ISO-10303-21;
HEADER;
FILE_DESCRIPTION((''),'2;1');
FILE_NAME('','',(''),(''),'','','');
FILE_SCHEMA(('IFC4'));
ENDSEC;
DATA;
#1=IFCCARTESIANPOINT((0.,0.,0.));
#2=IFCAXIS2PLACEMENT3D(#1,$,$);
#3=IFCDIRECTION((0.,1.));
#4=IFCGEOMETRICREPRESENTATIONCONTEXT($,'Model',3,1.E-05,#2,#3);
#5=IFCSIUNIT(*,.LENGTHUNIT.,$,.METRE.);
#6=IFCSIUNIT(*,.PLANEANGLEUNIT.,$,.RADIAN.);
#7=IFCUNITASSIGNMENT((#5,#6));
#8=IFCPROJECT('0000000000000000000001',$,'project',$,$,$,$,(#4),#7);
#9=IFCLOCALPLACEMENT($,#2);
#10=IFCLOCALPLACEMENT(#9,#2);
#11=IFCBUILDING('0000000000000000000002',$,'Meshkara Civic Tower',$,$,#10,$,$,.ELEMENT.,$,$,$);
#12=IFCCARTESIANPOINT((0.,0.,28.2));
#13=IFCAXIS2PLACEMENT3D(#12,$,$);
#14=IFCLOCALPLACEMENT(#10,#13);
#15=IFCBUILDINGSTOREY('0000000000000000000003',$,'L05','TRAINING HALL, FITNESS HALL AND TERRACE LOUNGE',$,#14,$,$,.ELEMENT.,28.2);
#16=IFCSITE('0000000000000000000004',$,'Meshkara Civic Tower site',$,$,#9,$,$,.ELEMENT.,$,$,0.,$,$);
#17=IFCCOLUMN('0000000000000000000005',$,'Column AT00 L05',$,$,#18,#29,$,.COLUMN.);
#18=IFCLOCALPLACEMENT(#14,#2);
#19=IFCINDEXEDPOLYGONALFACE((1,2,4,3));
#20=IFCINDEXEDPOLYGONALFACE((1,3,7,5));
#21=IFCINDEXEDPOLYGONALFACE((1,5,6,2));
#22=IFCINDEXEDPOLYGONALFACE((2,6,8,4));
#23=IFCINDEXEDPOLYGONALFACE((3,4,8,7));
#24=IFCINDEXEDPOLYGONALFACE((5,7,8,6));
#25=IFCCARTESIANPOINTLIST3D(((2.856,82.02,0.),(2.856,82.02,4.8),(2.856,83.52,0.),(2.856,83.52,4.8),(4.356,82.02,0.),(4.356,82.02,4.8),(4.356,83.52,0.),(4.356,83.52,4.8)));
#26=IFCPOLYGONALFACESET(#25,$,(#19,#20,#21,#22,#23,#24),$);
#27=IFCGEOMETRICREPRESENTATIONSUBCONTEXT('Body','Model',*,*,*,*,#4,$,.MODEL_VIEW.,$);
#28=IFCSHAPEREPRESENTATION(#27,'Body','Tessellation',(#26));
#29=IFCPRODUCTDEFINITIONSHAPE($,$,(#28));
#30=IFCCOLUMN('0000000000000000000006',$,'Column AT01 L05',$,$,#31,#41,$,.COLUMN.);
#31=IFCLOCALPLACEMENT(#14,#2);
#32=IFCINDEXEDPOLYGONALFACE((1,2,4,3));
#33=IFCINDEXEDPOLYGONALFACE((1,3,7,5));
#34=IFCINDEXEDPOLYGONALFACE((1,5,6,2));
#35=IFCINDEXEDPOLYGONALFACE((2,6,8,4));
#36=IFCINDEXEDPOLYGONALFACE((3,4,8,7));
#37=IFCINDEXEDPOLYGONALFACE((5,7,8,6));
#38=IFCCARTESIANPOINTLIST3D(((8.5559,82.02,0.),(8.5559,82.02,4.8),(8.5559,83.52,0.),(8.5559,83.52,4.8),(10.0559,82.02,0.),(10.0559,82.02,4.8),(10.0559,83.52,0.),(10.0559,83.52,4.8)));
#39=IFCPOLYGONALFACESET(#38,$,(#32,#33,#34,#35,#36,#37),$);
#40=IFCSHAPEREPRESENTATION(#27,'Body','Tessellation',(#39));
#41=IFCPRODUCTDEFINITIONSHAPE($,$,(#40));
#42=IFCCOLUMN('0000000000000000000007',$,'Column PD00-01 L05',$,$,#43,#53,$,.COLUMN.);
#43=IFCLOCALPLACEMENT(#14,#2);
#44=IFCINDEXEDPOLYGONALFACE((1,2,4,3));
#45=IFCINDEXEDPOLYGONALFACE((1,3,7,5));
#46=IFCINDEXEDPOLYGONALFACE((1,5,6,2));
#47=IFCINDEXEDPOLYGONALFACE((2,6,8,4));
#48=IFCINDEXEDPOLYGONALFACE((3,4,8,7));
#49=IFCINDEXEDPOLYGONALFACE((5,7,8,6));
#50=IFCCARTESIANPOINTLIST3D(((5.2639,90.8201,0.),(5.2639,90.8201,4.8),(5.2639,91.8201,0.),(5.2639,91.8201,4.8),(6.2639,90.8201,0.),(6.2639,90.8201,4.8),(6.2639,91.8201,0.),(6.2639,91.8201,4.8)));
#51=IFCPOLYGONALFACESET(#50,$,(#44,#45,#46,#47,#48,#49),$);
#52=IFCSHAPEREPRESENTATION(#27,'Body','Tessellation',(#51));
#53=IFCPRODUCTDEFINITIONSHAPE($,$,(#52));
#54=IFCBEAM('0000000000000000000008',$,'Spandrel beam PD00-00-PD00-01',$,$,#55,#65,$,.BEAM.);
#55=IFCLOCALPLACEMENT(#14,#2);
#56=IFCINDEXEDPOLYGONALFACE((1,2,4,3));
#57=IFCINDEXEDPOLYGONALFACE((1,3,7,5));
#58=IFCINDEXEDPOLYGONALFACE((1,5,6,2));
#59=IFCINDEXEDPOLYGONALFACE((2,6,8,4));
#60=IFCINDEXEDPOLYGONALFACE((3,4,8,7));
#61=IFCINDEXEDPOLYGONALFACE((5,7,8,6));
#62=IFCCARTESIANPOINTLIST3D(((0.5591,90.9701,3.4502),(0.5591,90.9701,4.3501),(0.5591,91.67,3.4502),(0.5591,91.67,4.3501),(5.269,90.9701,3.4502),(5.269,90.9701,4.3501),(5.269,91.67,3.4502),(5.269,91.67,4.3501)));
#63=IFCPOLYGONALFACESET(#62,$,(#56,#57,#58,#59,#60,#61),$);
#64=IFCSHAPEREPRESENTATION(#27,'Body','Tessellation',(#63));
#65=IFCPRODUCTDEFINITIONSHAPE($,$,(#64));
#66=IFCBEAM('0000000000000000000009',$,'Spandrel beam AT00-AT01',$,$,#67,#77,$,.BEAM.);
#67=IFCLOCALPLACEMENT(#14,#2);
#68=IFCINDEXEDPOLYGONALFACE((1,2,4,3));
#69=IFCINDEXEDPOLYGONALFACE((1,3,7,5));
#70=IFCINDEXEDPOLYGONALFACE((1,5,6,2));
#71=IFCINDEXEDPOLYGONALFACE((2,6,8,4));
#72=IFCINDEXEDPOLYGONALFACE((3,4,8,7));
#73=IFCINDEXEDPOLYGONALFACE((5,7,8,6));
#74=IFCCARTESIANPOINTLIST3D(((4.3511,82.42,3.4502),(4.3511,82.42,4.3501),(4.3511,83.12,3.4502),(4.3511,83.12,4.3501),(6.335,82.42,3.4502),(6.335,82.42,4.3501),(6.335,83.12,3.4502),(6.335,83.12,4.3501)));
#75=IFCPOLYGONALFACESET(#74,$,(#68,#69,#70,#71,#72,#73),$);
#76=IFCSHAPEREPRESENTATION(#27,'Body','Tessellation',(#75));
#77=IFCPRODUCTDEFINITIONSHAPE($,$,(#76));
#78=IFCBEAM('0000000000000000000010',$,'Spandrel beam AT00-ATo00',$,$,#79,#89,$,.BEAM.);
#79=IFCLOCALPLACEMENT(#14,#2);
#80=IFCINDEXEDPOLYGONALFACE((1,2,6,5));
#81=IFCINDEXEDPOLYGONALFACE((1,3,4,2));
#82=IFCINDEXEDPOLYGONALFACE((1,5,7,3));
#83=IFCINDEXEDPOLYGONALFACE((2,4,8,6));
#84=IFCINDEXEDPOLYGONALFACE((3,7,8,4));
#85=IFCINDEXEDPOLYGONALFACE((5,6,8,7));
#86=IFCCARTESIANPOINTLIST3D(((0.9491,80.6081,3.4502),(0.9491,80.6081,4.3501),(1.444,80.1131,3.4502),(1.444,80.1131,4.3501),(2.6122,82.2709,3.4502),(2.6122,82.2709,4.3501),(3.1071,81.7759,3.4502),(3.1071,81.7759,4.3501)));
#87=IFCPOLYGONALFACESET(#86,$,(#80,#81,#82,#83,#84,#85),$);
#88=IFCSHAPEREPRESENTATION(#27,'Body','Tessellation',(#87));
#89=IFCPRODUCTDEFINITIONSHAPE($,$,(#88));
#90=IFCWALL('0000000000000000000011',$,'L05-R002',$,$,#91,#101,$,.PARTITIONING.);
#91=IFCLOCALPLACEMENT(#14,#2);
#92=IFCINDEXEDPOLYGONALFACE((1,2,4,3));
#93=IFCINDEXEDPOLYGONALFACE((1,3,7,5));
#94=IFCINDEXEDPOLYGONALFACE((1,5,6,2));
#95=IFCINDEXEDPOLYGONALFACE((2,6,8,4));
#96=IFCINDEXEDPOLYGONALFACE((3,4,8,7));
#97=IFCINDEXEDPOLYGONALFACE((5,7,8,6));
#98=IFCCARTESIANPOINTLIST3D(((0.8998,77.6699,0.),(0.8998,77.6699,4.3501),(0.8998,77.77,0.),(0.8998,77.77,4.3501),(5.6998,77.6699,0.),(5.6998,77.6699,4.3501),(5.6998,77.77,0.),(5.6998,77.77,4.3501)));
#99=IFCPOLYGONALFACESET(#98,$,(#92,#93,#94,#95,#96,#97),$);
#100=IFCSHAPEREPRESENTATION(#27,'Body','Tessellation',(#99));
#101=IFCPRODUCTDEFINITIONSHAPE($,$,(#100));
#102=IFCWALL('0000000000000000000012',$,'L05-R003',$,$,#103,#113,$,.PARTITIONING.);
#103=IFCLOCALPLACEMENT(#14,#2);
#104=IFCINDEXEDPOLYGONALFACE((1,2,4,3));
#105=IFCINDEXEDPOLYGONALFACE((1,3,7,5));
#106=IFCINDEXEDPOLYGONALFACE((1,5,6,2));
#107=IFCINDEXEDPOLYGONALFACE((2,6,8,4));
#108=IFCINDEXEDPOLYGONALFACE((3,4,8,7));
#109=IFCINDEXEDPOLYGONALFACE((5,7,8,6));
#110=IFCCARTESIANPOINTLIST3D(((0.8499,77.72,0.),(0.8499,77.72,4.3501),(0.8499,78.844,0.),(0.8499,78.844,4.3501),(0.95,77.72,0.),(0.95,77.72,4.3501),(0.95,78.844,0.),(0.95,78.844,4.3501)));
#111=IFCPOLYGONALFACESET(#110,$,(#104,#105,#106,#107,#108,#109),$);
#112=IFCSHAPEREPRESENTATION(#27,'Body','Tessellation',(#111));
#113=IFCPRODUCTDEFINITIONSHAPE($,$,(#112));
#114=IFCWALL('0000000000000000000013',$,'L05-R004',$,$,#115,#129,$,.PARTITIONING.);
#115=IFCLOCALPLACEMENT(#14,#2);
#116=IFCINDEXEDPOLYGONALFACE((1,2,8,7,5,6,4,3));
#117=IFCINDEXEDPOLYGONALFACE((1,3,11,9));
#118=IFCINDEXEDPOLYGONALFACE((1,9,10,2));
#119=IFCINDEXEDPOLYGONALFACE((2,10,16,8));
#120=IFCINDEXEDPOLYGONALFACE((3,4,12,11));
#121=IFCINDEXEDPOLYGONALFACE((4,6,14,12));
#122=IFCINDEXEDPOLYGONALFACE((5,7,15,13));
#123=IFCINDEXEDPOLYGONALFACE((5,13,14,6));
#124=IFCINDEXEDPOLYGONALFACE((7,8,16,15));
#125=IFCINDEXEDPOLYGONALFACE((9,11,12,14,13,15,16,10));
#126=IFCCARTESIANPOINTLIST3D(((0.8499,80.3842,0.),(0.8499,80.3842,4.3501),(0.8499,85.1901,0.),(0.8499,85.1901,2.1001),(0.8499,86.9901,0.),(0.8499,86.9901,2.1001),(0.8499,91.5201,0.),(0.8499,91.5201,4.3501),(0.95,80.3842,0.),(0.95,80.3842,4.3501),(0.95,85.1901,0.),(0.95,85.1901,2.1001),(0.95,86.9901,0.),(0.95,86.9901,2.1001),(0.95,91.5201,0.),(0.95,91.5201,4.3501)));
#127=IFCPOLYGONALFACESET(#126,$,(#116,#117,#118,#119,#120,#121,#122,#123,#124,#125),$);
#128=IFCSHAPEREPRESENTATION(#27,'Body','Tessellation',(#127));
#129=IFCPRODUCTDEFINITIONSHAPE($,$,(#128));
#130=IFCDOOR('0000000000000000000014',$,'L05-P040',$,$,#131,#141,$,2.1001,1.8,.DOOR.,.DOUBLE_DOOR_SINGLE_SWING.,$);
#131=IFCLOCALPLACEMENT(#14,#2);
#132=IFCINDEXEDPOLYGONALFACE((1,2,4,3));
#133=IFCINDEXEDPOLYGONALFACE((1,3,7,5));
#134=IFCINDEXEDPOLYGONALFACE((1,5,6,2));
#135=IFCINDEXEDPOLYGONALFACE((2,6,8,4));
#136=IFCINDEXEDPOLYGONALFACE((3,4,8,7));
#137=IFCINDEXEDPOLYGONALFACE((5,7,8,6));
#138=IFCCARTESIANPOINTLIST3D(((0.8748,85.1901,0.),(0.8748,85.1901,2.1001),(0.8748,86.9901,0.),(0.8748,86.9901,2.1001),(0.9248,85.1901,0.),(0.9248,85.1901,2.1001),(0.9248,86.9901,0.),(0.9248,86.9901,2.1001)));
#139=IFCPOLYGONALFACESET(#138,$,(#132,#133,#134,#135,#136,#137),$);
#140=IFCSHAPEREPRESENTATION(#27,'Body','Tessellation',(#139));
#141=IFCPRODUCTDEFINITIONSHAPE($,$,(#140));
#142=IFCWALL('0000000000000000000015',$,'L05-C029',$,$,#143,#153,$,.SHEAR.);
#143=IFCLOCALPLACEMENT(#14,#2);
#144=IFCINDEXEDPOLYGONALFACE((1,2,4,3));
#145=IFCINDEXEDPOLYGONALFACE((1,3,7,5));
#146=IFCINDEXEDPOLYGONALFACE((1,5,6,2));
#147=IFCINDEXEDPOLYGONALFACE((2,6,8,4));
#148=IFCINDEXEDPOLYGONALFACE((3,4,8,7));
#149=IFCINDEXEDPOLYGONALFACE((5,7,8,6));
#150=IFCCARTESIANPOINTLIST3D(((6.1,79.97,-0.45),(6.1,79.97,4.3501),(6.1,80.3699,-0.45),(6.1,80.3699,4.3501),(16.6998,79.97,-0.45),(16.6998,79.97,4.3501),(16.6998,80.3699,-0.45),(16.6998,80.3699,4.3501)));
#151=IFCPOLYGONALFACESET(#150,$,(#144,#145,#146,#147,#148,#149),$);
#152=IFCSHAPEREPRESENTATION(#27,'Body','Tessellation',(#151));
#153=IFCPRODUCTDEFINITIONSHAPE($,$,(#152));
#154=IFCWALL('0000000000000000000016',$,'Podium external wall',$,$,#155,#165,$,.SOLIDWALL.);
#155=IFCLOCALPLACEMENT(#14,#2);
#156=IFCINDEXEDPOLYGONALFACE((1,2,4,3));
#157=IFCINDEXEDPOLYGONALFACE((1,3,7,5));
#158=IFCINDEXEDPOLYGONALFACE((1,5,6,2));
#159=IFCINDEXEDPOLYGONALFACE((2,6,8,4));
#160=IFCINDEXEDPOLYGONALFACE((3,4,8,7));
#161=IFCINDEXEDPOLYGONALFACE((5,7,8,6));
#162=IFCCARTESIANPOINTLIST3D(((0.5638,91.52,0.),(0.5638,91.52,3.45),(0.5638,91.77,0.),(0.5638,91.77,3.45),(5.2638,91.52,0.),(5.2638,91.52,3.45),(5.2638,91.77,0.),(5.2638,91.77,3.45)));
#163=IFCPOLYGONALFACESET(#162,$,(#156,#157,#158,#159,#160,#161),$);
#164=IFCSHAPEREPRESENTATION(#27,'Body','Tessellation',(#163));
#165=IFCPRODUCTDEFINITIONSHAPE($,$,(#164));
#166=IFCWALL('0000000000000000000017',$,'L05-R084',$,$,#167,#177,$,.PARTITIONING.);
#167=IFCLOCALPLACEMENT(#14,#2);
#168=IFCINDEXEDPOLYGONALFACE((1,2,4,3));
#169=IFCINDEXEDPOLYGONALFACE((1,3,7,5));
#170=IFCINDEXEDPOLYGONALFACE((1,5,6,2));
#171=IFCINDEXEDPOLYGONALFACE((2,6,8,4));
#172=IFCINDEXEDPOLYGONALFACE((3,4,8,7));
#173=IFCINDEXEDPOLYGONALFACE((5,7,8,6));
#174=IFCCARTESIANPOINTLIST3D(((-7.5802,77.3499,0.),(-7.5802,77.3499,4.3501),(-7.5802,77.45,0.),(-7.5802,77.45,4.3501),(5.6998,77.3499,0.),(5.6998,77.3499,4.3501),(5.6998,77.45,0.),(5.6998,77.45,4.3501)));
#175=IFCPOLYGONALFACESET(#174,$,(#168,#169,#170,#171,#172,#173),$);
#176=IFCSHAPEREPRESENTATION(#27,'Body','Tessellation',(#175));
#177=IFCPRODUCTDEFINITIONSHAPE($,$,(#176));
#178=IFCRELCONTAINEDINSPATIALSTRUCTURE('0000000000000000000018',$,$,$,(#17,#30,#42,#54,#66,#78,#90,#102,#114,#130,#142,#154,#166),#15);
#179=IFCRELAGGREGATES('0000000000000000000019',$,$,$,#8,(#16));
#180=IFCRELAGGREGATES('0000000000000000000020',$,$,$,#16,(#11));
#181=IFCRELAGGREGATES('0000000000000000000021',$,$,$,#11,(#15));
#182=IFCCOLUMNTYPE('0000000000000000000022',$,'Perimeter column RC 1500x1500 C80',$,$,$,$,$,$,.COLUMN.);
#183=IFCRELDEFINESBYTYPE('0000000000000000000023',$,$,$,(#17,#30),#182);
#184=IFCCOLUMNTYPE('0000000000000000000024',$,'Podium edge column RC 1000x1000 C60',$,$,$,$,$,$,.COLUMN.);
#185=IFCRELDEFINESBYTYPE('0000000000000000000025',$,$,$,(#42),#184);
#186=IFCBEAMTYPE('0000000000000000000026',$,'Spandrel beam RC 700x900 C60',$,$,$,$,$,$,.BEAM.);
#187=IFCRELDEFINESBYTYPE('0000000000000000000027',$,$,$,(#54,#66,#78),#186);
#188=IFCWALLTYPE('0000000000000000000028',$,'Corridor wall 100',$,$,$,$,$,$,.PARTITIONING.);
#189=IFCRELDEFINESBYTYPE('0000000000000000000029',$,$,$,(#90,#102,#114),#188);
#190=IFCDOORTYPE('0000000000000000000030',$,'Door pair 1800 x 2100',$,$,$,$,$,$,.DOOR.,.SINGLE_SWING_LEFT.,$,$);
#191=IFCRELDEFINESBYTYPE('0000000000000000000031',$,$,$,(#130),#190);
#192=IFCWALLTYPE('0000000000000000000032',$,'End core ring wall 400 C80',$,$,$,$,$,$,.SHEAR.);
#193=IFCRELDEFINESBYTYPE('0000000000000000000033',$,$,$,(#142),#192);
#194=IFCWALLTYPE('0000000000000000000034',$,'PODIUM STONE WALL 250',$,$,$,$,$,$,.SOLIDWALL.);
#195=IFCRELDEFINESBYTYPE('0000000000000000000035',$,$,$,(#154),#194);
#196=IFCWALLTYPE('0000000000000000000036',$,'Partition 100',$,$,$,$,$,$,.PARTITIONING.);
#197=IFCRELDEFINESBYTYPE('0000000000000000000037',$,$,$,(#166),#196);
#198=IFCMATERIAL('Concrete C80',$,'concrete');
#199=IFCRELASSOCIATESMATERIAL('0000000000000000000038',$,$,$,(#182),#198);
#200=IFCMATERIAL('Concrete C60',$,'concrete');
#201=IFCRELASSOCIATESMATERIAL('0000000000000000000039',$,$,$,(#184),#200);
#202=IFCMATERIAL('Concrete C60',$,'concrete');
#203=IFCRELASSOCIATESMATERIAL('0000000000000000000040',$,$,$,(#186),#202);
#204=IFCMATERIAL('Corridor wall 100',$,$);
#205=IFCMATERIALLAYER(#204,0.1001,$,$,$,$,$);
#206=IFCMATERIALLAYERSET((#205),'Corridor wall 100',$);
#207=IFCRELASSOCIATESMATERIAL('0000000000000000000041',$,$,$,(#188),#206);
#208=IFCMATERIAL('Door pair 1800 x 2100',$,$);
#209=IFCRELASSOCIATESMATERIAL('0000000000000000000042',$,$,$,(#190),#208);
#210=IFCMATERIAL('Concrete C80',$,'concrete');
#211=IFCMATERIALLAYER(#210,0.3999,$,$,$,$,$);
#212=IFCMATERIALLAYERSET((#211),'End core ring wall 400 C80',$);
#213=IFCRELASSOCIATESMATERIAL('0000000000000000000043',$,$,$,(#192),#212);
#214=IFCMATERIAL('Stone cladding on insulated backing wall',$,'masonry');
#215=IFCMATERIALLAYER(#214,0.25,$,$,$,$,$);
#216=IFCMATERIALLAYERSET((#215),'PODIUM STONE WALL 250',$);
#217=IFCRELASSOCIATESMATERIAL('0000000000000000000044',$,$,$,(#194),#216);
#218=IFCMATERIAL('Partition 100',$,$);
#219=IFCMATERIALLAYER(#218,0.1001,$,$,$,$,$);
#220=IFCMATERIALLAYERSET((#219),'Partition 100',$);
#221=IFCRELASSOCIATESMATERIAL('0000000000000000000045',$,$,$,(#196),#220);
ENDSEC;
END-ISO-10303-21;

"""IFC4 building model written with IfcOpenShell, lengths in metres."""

from ifc_helpers import new_model, si_unit, direction, frame, frame_2d, origin, origin_2d, place, context, subcontext, project, spatial, rectangle, extrude, material, layer, layer_set, material_profile, profile_set, type_object, element, fill, save


model = new_model("IFC4")

# Units and contexts
model_context = context("Model", 3, precision=1e-05, world=origin(), true_north=direction((0.0, 1.0)))
body_context = subcontext(model_context, "Body", "Model", "MODEL_VIEW")
ifc_project = project(units=[si_unit("LENGTHUNIT", "METRE"), si_unit("PLANEANGLEUNIT", "RADIAN")], contexts=[model_context])

# Site, building, storey
site_placement = place(None, origin())
site = spatial("IfcSite", under=ifc_project, at=site_placement, Name="Meshkara Civic Tower site", CompositionType="ELEMENT", RefElevation=0.0)
building_placement = place(site_placement, origin())
building = spatial("IfcBuilding", under=site, at=building_placement, Name="Meshkara Civic Tower", CompositionType="ELEMENT")
storey_placement = place(building_placement, frame((0.0, 0.0, 28.2)))
storey = spatial("IfcBuildingStorey", under=building, at=storey_placement, Name="L05", Description="TRAINING HALL, FITNESS HALL AND TERRACE LOUNGE", CompositionType="ELEMENT", Elevation=28.2)

# Columns
ifc_material_1 = material(Name="Concrete C80", Category="concrete")
ifc_material_profile_1 = material_profile(ifc_material_1, rectangle(XDim=1.5, YDim=1.5, at=origin_2d()))
ifc_profile_set_1 = profile_set([ifc_material_profile_1], Name="Concrete C80")
column_type_1 = type_object("IfcColumnType", Name="Perimeter column RC 1500x1500 C80", PredefinedType="COLUMN", material=ifc_profile_set_1)
for number, where, z_axis, x_axis, name in (
    (1, (3.606, 82.77, 0.0), (0.0, 0.0, 1.0), (1.0, 0.0, 0.0), "Column AT00 L05"),
    (2, (9.3059, 82.77, 0.0), (0.0, 0.0, 1.0), (1.0, 0.0, 0.0), "Column AT01 L05"),
):
    element("IfcColumn", number, at=place(storey_placement, frame(where, z_axis=z_axis, x_axis=x_axis)), inside=storey, type_object=column_type_1, Name=name, PredefinedType="COLUMN", context=body_context, shape_type="SweptSolid", body=[
        extrude(rectangle(XDim=1.5, YDim=1.5, at=origin_2d()), origin(), (0.0, 0.0, 1.0), 4.8),
    ])
ifc_material_2 = material(Name="Concrete C60", Category="concrete")
ifc_material_profile_2 = material_profile(ifc_material_2, rectangle(XDim=1.0, YDim=1.0, at=origin_2d()))
ifc_profile_set_2 = profile_set([ifc_material_profile_2], Name="Concrete C60")
column_type_2 = type_object("IfcColumnType", Name="Podium edge column RC 1000x1000 C60", PredefinedType="COLUMN", material=ifc_profile_set_2)
column_placement = place(storey_placement, frame((5.7639, 91.3201, 0.0), z_axis=(0.0, 0.0, 1.0), x_axis=(1.0, 0.0, 0.0)))
element("IfcColumn", 3, at=column_placement, inside=storey, type_object=column_type_2, Name="Column PD00-01 L05", PredefinedType="COLUMN", context=body_context, shape_type="SweptSolid", body=[
    extrude(rectangle(XDim=1.0, YDim=1.0, at=origin_2d()), origin(), (0.0, 0.0, 1.0), 4.8),
])

# Beams
ifc_material_3 = material(Name="Concrete C60", Category="concrete")
ifc_material_profile_3 = material_profile(ifc_material_3, rectangle(XDim=0.7, YDim=0.8999, at=origin_2d()))
ifc_profile_set_3 = profile_set([ifc_material_profile_3], Name="Concrete C60")
beam_type = type_object("IfcBeamType", Name="Spandrel beam RC 700x900 C60", PredefinedType="BEAM", material=ifc_profile_set_3)
beam_1_placement = place(storey_placement, frame((5.269, 91.3201, 3.9001), z_axis=(-1.0, 0.0, 0.0), x_axis=(0.0, -1.0, 0.0)))
element("IfcBeam", 4, at=beam_1_placement, inside=storey, type_object=beam_type, Name="Spandrel beam PD00-00-PD00-01", PredefinedType="BEAM", context=body_context, shape_type="SweptSolid", body=[
    extrude(rectangle(XDim=0.7, YDim=0.8999, at=origin_2d()), origin(), (0.0, 0.0, 1.0), 4.71),
])
beam_2_placement = place(storey_placement, frame((6.335, 82.77, 3.9001), z_axis=(-1.0, 0.0, 0.0), x_axis=(0.0, -1.0, 0.0)))
element("IfcBeam", 5, at=beam_2_placement, inside=storey, type_object=beam_type, Name="Spandrel beam AT00-AT01", PredefinedType="BEAM", context=body_context, shape_type="SweptSolid", body=[
    extrude(rectangle(XDim=0.7, YDim=0.8999, at=origin_2d()), origin(), (0.0, 0.0, 1.0), 1.9839),
])
beam_3_placement = place(storey_placement, frame((2.8596, 82.0234, 3.9001), z_axis=(-0.707159, -0.707055, 0.0), x_axis=(0.707055, -0.707159, 0.0)))
element("IfcBeam", 6, at=beam_3_placement, inside=storey, type_object=beam_type, Name="Spandrel beam AT00-ATo00", PredefinedType="BEAM", context=body_context, shape_type="SweptSolid", body=[
    extrude(rectangle(XDim=0.7, YDim=0.8999, at=origin_2d()), origin(), (0.0, 0.0, 1.0), 2.3518),
])

# Walls
ifc_material_4 = material(Name="Corridor wall 100")
ifc_layer_1 = layer(ifc_material_4, 0.1001)
ifc_layer_set_1 = layer_set([ifc_layer_1], Name="Corridor wall 100")
wall_type_1 = type_object("IfcWallType", Name="Corridor wall 100", PredefinedType="PARTITIONING", material=ifc_layer_set_1)
wall_1_placement = place(storey_placement, frame((0.8999, 77.72, 0.0), z_axis=(0.0, 0.0, 1.0), x_axis=(1.0, 0.0, 0.0)))
element("IfcWall", 7, at=wall_1_placement, inside=storey, type_object=wall_type_1, Name="L05-R002", PredefinedType="PARTITIONING", context=body_context, shape_type="SweptSolid", body=[
    extrude(rectangle(XDim=4.8, YDim=0.1001, at=frame_2d((2.3999, 0.0))), origin(), (0.0, 0.0, 1.0), 4.3501),
])
wall_2_placement = place(storey_placement, frame((0.8999, 78.844, 0.0), z_axis=(0.0, 0.0, 1.0), x_axis=(0.0, -1.0, 0.0)))
element("IfcWall", 8, at=wall_2_placement, inside=storey, type_object=wall_type_1, Name="L05-R003", PredefinedType="PARTITIONING", context=body_context, shape_type="SweptSolid", body=[
    extrude(rectangle(XDim=1.124, YDim=0.1001, at=frame_2d((0.562, 0.0))), origin(), (0.0, 0.0, 1.0), 4.3501),
])

# Wall, opening, door
wall_3_placement = place(storey_placement, frame((0.8999, 91.52, 0.0), z_axis=(0.0, 0.0, 1.0), x_axis=(0.0, -1.0, 0.0)))
wall_3 = element("IfcWall", 9, at=wall_3_placement, inside=storey, type_object=wall_type_1, Name="L05-R004", PredefinedType="PARTITIONING", context=body_context, shape_type="SweptSolid", body=[
    extrude(rectangle(XDim=11.136, YDim=0.1001, at=frame_2d((5.5679, 0.0))), origin(), (0.0, 0.0, 1.0), 4.3501),
])
opening_1_placement = place(wall_3_placement, frame((4.53, 0.0, 0.0)))
opening_1 = element("IfcOpeningElement", 10, at=opening_1_placement, cuts=wall_3, PredefinedType="OPENING", context=body_context, shape_type="SweptSolid", body=[
    extrude(rectangle(XDim=1.8, YDim=2.1001, at=frame_2d((0.8999, 1.05))), frame((0.0, 0.0601, 0.0), z_axis=(0.0, -1.0, 0.0), x_axis=(1.0, 0.0, 0.0)), (0.0, 0.0, 1.0), 0.1201),
])
ifc_material_5 = material(Name="Door pair 1800 x 2100")
door_type_1 = type_object("IfcDoorType", Name="Door pair 1800 x 2100", OperationType="SINGLE_SWING_LEFT", PredefinedType="DOOR", material=ifc_material_5)
door_1_placement = place(opening_1_placement, origin())
door_1 = element("IfcDoor", 11, at=door_1_placement, inside=storey, type_object=door_type_1, Name="L05-P040", OperationType="DOUBLE_DOOR_SINGLE_SWING", OverallHeight=2.1001, OverallWidth=1.8, PredefinedType="DOOR", context=body_context, shape_type="SweptSolid", body=[
    extrude(rectangle(XDim=1.8, YDim=2.1001, at=frame_2d((0.8999, 1.05))), frame((0.0, 0.0249, 0.0), z_axis=(0.0, -1.0, 0.0), x_axis=(1.0, 0.0, 0.0)), (0.0, 0.0, 1.0), 0.05),
])
fill(opening_1, door_1)

# Walls
ifc_material_6 = material(Name="Concrete C80", Category="concrete")
ifc_layer_2 = layer(ifc_material_6, 0.3999)
ifc_layer_set_2 = layer_set([ifc_layer_2], Name="End core ring wall 400 C80")
wall_type_2 = type_object("IfcWallType", Name="End core ring wall 400 C80", PredefinedType="SHEAR", material=ifc_layer_set_2)
wall_4_placement = place(storey_placement, frame((6.1001, 80.1699, -0.45), z_axis=(0.0, 0.0, 1.0), x_axis=(1.0, 0.0, 0.0)))
element("IfcWall", 12, at=wall_4_placement, inside=storey, type_object=wall_type_2, Name="L05-C029", PredefinedType="SHEAR", context=body_context, shape_type="SweptSolid", body=[
    extrude(rectangle(XDim=10.5999, YDim=0.3999, at=frame_2d((5.2998, 0.0))), origin(), (0.0, 0.0, 1.0), 4.8),
])
ifc_material_7 = material(Name="Stone cladding on insulated backing wall", Category="masonry")
ifc_layer_3 = layer(ifc_material_7, 0.25)
ifc_layer_set_3 = layer_set([ifc_layer_3], Name="PODIUM STONE WALL 250")
wall_type_3 = type_object("IfcWallType", Name="PODIUM STONE WALL 250", PredefinedType="SOLIDWALL", material=ifc_layer_set_3)
wall_5_placement = place(storey_placement, frame((5.2639, 91.645, 0.0), z_axis=(0.0, 0.0, 1.0), x_axis=(-1.0, 0.0, 0.0)))
element("IfcWall", 13, at=wall_5_placement, inside=storey, type_object=wall_type_3, Name="Podium external wall", PredefinedType="SOLIDWALL", context=body_context, shape_type="SweptSolid", body=[
    extrude(rectangle(XDim=4.7, YDim=0.25, at=frame_2d((2.3501, 0.0))), origin(), (0.0, 0.0, 1.0), 3.45),
])
ifc_material_8 = material(Name="Partition 100")
ifc_layer_4 = layer(ifc_material_8, 0.1001)
ifc_layer_set_4 = layer_set([ifc_layer_4], Name="Partition 100")
wall_type_4 = type_object("IfcWallType", Name="Partition 100", PredefinedType="PARTITIONING", material=ifc_layer_set_4)
wall_6_placement = place(storey_placement, frame((5.7, 77.3999, 0.0), z_axis=(0.0, 0.0, 1.0), x_axis=(-1.0, 0.0, 0.0)))
element("IfcWall", 14, at=wall_6_placement, inside=storey, type_object=wall_type_4, Name="L05-R084", PredefinedType="PARTITIONING", context=body_context, shape_type="SweptSolid", body=[
    extrude(rectangle(XDim=13.28, YDim=0.1001, at=frame_2d((6.6401, 0.0))), origin(), (0.0, 0.0, 1.0), 4.3501),
])

save(model, "model.ifc")
